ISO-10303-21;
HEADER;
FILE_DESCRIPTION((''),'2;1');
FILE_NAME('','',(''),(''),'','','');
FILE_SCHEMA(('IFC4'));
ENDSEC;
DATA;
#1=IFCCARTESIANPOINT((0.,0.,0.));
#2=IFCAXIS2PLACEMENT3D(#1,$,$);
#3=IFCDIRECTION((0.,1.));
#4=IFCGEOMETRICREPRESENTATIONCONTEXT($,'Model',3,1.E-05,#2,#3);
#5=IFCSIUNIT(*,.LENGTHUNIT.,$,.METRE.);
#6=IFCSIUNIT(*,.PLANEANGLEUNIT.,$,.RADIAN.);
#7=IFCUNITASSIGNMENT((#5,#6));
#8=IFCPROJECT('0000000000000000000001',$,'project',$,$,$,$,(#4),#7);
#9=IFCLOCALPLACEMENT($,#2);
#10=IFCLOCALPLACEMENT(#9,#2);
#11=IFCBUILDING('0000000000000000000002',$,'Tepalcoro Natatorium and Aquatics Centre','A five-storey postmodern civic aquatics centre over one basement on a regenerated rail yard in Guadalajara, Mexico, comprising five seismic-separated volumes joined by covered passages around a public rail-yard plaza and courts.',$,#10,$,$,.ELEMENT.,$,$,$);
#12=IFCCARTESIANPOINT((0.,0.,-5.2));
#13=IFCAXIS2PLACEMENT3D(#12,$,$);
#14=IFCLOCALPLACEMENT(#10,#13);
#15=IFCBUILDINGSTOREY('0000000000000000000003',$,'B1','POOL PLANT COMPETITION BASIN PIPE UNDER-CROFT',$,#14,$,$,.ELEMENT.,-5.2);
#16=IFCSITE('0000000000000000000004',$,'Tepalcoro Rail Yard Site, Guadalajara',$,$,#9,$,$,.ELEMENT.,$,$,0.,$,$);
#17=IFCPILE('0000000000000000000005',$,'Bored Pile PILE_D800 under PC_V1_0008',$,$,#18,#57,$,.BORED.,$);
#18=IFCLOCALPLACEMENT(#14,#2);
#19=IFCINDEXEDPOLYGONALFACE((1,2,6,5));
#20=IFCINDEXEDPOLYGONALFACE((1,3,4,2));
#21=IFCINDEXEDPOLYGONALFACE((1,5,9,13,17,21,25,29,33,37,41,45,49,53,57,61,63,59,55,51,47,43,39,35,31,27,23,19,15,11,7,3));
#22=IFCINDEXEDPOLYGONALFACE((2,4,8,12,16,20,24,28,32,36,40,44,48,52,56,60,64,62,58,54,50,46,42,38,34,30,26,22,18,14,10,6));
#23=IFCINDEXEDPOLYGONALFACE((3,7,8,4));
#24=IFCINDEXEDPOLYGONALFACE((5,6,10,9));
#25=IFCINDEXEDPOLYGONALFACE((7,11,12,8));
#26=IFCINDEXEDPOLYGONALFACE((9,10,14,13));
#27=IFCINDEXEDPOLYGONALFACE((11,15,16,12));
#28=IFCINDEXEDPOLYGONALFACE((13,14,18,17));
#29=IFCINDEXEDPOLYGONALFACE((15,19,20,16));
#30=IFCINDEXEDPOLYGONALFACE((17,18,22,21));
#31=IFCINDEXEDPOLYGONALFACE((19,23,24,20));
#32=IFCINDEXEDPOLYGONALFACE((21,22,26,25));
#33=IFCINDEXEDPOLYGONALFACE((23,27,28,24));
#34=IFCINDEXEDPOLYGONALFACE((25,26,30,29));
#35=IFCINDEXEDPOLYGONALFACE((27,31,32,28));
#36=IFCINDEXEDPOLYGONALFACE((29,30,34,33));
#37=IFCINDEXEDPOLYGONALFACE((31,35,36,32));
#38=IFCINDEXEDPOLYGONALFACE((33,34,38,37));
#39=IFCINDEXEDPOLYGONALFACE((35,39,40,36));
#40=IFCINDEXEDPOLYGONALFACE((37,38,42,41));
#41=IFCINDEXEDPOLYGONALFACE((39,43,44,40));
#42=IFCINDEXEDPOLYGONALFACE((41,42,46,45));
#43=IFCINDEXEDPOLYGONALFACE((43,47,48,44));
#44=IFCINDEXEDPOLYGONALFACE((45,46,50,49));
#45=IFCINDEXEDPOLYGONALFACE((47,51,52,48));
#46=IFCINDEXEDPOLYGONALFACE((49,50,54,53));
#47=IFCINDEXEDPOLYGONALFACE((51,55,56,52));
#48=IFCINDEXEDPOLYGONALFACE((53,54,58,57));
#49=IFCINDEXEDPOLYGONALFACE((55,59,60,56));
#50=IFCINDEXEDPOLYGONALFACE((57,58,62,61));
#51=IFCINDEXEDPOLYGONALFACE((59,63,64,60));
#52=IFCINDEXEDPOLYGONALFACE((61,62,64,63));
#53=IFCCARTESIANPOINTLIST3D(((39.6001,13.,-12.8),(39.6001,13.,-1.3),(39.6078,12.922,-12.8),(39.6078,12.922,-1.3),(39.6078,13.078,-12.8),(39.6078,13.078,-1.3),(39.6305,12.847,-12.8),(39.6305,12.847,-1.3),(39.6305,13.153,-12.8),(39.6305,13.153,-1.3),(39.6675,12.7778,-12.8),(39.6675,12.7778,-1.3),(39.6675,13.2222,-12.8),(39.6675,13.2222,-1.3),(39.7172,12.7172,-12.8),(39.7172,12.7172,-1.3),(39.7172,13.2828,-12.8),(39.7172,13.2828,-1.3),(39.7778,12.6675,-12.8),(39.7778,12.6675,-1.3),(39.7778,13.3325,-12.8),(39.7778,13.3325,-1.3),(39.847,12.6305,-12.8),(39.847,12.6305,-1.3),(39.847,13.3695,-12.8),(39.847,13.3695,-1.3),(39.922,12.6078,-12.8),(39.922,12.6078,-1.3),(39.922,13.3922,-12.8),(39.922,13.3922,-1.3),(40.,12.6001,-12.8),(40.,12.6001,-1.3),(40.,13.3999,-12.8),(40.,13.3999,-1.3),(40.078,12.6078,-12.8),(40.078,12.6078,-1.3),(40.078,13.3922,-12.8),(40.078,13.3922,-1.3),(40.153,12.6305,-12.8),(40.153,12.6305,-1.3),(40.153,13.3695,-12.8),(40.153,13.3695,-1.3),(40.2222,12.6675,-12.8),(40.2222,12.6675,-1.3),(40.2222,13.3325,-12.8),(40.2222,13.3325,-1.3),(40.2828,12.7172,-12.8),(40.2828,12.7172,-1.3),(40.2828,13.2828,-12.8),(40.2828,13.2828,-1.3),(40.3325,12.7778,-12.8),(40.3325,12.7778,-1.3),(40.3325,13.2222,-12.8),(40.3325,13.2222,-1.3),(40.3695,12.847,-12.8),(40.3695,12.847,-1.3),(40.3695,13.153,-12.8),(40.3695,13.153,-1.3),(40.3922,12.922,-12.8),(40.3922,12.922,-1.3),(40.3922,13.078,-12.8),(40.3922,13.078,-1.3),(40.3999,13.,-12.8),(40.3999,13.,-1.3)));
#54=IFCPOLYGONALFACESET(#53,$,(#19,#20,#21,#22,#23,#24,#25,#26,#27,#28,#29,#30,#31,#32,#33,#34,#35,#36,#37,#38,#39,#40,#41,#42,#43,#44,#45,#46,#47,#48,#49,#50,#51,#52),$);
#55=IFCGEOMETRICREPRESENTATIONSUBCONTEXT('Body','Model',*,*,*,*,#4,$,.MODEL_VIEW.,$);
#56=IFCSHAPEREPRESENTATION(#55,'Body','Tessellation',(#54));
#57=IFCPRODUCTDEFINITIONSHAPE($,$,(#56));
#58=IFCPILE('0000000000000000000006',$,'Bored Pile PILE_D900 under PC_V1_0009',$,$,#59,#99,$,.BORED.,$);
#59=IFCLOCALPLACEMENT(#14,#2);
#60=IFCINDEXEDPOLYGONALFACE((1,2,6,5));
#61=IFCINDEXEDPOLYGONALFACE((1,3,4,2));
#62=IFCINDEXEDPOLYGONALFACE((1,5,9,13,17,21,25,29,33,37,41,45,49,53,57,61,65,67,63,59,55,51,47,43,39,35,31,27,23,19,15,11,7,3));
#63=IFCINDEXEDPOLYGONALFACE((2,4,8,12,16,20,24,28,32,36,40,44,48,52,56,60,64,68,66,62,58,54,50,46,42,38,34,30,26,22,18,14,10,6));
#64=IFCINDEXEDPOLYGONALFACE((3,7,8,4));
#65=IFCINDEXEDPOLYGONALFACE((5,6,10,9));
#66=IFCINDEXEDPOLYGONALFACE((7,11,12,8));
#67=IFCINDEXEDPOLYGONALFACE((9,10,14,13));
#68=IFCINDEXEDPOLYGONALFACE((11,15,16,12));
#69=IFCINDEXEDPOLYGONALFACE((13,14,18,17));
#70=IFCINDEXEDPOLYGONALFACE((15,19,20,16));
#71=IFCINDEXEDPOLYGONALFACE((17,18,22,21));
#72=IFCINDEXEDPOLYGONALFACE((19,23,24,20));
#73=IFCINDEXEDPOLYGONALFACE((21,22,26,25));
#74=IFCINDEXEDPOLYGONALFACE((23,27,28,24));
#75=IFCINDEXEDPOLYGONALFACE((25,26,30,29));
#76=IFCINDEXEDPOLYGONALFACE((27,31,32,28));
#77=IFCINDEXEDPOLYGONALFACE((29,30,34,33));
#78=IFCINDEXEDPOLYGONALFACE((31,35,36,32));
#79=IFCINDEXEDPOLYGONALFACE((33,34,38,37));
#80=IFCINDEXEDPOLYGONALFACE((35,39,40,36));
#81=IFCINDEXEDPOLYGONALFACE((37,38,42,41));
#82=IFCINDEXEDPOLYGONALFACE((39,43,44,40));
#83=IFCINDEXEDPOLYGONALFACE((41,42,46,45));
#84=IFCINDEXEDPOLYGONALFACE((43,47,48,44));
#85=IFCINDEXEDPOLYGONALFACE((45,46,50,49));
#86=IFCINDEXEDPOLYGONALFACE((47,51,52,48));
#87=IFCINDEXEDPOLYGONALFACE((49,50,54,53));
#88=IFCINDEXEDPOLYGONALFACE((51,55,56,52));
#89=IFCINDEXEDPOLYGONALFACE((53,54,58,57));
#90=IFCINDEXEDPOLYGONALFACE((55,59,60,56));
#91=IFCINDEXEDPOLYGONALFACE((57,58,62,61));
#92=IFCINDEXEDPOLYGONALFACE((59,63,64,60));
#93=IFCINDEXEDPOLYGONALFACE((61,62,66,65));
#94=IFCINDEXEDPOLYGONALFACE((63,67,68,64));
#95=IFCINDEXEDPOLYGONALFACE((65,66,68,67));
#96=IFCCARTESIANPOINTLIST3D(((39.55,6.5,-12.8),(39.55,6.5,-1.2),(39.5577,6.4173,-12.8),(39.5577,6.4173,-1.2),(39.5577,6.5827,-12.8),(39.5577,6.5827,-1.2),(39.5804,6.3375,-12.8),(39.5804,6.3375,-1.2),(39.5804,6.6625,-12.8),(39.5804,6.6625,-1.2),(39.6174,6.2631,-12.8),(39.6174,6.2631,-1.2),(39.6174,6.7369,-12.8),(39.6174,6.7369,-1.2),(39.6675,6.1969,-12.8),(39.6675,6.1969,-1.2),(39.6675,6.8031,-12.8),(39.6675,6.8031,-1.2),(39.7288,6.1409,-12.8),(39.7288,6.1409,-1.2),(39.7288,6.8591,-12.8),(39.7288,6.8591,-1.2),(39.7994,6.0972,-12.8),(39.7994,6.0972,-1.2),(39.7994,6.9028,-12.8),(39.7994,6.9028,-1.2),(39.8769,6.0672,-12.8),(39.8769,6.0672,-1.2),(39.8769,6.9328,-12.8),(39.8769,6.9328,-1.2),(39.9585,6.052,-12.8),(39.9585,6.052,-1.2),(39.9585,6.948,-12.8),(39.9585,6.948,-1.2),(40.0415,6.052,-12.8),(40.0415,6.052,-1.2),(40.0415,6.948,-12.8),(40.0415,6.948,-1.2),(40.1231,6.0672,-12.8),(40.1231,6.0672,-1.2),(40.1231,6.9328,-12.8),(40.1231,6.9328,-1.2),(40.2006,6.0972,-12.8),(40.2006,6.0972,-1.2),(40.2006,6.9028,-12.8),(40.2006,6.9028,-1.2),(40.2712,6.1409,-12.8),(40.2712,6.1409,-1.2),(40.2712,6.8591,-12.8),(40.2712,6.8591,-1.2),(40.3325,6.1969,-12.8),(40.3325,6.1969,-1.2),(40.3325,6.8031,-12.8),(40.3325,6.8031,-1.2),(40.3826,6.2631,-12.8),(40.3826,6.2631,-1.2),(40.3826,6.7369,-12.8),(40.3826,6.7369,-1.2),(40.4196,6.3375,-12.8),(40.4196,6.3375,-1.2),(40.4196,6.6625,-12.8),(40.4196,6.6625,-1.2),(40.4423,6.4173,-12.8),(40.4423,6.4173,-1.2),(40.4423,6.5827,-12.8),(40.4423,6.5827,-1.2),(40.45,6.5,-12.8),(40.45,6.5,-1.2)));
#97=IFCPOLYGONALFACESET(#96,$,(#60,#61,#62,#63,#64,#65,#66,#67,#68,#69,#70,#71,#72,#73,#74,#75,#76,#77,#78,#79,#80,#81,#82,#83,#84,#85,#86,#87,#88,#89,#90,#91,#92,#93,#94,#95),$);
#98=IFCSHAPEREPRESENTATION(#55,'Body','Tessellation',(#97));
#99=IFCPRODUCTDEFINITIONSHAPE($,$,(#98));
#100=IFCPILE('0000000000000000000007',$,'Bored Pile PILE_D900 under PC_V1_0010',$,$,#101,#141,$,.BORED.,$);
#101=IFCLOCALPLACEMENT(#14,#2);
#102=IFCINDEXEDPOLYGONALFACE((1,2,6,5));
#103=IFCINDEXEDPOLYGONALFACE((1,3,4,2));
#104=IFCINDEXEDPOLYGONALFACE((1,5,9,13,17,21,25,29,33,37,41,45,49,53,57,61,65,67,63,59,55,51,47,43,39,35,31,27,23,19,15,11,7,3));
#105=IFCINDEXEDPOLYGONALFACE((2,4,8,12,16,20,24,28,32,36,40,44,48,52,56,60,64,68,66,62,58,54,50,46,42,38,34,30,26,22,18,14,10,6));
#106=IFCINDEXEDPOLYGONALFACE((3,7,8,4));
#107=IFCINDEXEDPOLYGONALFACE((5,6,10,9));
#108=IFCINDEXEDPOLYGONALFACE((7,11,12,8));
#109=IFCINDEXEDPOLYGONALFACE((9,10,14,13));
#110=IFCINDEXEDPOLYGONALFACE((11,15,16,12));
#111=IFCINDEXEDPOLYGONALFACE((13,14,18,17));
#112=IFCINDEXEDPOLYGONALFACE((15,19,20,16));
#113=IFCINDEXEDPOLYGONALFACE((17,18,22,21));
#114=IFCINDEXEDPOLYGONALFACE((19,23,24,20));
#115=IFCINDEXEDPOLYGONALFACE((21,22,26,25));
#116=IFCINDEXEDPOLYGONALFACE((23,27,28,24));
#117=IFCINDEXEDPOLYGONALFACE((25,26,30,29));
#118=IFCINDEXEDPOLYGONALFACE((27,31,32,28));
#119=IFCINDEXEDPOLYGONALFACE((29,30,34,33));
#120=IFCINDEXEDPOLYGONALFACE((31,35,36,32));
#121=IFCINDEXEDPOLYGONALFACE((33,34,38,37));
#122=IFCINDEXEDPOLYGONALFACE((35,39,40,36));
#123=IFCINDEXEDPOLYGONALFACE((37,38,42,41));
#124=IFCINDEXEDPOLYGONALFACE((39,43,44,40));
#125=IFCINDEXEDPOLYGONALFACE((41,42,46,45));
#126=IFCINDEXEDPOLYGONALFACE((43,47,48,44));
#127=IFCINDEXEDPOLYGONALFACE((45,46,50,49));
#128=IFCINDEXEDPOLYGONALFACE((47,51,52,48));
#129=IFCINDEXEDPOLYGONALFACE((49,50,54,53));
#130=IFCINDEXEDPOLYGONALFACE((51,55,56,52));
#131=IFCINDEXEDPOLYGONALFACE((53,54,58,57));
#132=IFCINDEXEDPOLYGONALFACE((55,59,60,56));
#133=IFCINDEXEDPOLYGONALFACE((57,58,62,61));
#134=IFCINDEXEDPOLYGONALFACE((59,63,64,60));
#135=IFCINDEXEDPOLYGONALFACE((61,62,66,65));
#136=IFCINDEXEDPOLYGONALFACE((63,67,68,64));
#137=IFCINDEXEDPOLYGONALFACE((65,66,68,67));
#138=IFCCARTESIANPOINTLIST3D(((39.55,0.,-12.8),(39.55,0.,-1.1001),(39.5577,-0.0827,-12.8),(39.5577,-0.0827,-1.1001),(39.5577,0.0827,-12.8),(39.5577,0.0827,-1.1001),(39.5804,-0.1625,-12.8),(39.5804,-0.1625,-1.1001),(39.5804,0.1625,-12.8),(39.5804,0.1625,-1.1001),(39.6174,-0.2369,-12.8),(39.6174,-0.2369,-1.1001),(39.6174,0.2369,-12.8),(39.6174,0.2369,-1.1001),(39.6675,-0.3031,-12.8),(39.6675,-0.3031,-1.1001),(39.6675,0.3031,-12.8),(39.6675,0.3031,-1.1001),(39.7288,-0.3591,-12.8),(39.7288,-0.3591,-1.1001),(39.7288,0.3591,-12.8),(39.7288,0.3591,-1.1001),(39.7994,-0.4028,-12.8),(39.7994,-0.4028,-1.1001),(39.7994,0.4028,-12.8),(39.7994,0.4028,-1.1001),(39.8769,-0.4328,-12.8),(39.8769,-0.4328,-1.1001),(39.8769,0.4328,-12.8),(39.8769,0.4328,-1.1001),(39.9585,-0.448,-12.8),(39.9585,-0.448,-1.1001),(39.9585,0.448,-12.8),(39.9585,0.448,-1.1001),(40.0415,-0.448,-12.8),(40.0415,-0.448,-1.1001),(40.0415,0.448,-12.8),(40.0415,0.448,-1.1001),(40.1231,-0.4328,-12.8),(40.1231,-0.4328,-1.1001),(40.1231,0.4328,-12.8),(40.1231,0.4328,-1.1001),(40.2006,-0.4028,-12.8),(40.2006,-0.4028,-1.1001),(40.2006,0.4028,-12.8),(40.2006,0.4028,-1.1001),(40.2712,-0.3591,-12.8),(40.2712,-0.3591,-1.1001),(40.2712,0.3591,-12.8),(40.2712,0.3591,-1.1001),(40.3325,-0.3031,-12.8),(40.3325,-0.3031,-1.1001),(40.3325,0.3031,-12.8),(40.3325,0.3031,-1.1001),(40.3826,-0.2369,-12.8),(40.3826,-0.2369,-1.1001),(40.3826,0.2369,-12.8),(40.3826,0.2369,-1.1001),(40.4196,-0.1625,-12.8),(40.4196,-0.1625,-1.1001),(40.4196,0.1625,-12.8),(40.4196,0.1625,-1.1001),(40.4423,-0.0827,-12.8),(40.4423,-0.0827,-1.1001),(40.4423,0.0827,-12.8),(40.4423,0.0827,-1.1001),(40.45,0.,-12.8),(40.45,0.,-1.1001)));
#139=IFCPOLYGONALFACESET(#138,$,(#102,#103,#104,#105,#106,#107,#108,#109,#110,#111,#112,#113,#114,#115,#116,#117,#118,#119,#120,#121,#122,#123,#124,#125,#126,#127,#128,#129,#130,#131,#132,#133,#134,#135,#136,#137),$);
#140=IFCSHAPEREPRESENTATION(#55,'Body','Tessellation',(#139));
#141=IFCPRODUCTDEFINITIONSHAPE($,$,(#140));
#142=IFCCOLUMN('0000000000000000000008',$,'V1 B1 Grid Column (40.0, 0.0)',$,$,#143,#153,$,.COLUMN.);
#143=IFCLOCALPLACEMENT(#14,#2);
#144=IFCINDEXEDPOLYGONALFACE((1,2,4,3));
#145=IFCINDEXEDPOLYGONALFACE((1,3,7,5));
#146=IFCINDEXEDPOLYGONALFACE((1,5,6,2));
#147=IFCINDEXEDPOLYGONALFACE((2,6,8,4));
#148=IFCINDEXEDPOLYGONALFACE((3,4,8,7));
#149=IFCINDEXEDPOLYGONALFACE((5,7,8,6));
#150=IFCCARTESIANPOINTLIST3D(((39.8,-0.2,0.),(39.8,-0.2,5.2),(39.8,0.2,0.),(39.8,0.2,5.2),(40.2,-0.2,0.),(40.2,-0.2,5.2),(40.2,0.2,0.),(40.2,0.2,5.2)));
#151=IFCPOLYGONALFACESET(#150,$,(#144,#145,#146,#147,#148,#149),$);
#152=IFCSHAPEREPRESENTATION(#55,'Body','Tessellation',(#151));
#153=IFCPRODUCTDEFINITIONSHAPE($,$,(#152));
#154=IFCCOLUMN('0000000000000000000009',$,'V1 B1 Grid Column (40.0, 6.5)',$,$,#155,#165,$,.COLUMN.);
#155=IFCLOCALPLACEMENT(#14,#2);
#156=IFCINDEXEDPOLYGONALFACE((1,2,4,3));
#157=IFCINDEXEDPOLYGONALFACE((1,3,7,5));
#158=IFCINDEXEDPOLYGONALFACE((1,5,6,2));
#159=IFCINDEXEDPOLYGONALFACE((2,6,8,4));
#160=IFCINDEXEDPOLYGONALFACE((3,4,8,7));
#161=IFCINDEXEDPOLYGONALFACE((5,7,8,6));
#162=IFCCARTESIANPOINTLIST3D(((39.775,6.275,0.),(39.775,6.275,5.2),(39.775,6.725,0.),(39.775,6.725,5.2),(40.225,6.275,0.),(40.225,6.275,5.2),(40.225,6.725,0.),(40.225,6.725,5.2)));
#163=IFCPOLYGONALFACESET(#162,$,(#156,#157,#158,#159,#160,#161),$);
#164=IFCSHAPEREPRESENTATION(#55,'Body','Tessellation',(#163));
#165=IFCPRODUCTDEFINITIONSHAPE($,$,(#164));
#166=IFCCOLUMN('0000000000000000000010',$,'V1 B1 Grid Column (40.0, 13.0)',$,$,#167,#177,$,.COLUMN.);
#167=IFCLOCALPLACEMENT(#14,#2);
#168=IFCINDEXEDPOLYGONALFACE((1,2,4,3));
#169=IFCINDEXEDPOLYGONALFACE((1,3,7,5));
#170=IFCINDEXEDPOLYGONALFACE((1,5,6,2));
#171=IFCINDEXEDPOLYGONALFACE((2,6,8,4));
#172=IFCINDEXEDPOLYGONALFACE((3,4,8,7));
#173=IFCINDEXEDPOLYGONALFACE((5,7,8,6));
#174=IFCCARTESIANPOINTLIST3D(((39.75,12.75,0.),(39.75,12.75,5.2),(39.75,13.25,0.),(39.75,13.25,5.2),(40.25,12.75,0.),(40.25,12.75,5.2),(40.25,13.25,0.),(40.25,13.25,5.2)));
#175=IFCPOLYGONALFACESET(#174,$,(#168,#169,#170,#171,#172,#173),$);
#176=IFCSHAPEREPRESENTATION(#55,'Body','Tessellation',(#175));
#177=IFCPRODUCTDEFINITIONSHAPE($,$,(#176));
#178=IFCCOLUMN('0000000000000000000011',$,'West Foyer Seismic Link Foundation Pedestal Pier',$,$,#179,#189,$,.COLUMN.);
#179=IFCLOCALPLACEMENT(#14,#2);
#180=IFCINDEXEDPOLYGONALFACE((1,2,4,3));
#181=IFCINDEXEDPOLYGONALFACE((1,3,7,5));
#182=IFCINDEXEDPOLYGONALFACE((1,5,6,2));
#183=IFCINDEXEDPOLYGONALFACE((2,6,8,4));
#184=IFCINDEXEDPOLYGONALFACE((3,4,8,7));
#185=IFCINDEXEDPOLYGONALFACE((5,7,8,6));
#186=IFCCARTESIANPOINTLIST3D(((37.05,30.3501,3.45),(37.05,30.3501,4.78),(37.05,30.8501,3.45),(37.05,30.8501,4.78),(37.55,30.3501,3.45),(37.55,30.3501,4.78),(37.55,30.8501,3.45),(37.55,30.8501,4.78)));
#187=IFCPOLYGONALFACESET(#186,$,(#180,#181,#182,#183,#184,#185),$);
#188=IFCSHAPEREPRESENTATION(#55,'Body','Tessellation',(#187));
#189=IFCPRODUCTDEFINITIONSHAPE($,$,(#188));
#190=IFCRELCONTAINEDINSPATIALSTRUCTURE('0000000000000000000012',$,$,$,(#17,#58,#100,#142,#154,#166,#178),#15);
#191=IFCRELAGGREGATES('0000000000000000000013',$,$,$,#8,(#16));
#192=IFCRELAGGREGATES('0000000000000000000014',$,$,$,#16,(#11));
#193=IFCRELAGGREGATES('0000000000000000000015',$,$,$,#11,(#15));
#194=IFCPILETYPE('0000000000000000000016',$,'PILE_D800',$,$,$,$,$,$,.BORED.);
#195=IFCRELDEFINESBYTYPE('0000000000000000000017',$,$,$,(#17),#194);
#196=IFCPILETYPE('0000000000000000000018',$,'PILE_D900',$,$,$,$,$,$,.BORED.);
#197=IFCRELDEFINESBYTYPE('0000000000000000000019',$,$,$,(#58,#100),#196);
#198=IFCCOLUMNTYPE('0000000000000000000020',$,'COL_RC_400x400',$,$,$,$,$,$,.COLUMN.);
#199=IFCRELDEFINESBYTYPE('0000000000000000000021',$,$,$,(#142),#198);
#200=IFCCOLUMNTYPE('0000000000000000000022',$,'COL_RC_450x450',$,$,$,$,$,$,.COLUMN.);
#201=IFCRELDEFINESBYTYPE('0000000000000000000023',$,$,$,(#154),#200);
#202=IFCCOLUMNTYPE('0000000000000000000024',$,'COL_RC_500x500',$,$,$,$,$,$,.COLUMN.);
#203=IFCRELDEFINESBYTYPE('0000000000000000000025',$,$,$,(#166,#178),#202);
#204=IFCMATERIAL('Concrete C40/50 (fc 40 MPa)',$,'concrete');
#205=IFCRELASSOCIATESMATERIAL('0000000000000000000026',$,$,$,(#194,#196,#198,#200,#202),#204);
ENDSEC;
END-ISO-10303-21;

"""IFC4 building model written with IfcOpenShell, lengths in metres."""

from ifc_helpers import new_model, si_unit, direction, frame, origin, origin_2d, place, context, subcontext, project, spatial, rectangle, circle, extrude, material, material_profile, profile_set, type_object, element, save


model = new_model("IFC4")

# Units and contexts
model_context = context("Model", 3, precision=1e-05, world=origin(), true_north=direction((0.0, 1.0)))
body_context = subcontext(model_context, "Body", "Model", "MODEL_VIEW")
ifc_project = project(units=[si_unit("LENGTHUNIT", "METRE"), si_unit("PLANEANGLEUNIT", "RADIAN")], contexts=[model_context])

# Site, building, storey
site_placement = place(None, origin())
site = spatial("IfcSite", under=ifc_project, at=site_placement, Name="Tepalcoro Rail Yard Site, Guadalajara", CompositionType="ELEMENT", RefElevation=0.0)
building_placement = place(site_placement, origin())
building = spatial("IfcBuilding", under=site, at=building_placement, Name="Tepalcoro Natatorium and Aquatics Centre", Description="A five-storey postmodern civic aquatics centre over one basement on a regenerated rail yard in Guadalajara, Mexico, comprising five seismic-separated volumes joined by covered passages around a public rail-yard plaza and courts.", CompositionType="ELEMENT")
storey_placement = place(building_placement, frame((0.0, 0.0, -5.2)))
storey = spatial("IfcBuildingStorey", under=building, at=storey_placement, Name="B1", Description="POOL PLANT COMPETITION BASIN PIPE UNDER-CROFT", CompositionType="ELEMENT", Elevation=-5.2)

# Piles
ifc_material_1 = material(Name="Concrete C40/50 (fc 40 MPa)", Category="concrete")
ifc_material_profile_1 = material_profile(ifc_material_1, circle(Radius=0.3999, at=origin_2d()), Name="PILE_D800")
ifc_profile_set_1 = profile_set([ifc_material_profile_1], Name="Concrete C40/50 (fc 40 MPa)")
pile_type_1 = type_object("IfcPileType", Name="PILE_D800", PredefinedType="BORED", material=ifc_profile_set_1)
pile_1_placement = place(storey_placement, frame((40.0, 13.0, -1.3), z_axis=(0.0, 0.0, -1.0), x_axis=(1.0, 0.0, 0.0)))
element("IfcPile", 1, at=pile_1_placement, inside=storey, type_object=pile_type_1, Name="Bored Pile PILE_D800 under PC_V1_0008", PredefinedType="BORED", context=body_context, shape_type="SweptSolid", body=[
    extrude(circle(Radius=0.3999, at=origin_2d()), origin(), (0.0, 0.0, 1.0), 11.5),
])
ifc_material_profile_2 = material_profile(ifc_material_1, circle(Radius=0.45, at=origin_2d()), Name="PILE_D900")
ifc_profile_set_2 = profile_set([ifc_material_profile_2], Name="Concrete C40/50 (fc 40 MPa)")
pile_type_2 = type_object("IfcPileType", Name="PILE_D900", PredefinedType="BORED", material=ifc_profile_set_2)
pile_2_placement = place(storey_placement, frame((40.0, 6.5, -1.2), z_axis=(0.0, 0.0, -1.0), x_axis=(1.0, 0.0, 0.0)))
element("IfcPile", 2, at=pile_2_placement, inside=storey, type_object=pile_type_2, Name="Bored Pile PILE_D900 under PC_V1_0009", PredefinedType="BORED", context=body_context, shape_type="SweptSolid", body=[
    extrude(circle(Radius=0.45, at=origin_2d()), origin(), (0.0, 0.0, 1.0), 11.6001),
])
pile_3_placement = place(storey_placement, frame((40.0, 0.0, -1.1001), z_axis=(0.0, 0.0, -1.0), x_axis=(1.0, 0.0, 0.0)))
element("IfcPile", 3, at=pile_3_placement, inside=storey, type_object=pile_type_2, Name="Bored Pile PILE_D900 under PC_V1_0010", PredefinedType="BORED", context=body_context, shape_type="SweptSolid", body=[
    extrude(circle(Radius=0.45, at=origin_2d()), origin(), (0.0, 0.0, 1.0), 11.7),
])

# Columns
ifc_material_profile_3 = material_profile(ifc_material_1, rectangle(XDim=0.3999, YDim=0.3999, at=origin_2d()), Name="RC400x400")
ifc_profile_set_3 = profile_set([ifc_material_profile_3], Name="Concrete C40/50 (fc 40 MPa)")
column_type_1 = type_object("IfcColumnType", Name="COL_RC_400x400", PredefinedType="COLUMN", material=ifc_profile_set_3)
column_1_placement = place(storey_placement, frame((40.0, 0.0, 0.0), z_axis=(0.0, 0.0, 1.0), x_axis=(1.0, 0.0, 0.0)))
element("IfcColumn", 4, at=column_1_placement, inside=storey, type_object=column_type_1, Name="V1 B1 Grid Column (40.0, 0.0)", PredefinedType="COLUMN", context=body_context, shape_type="SweptSolid", body=[
    extrude(rectangle(XDim=0.3999, YDim=0.3999, at=origin_2d()), origin(), (0.0, 0.0, 1.0), 5.2),
])
ifc_material_profile_4 = material_profile(ifc_material_1, rectangle(XDim=0.45, YDim=0.45, at=origin_2d()), Name="RC450x450")
ifc_profile_set_4 = profile_set([ifc_material_profile_4], Name="Concrete C40/50 (fc 40 MPa)")
column_type_2 = type_object("IfcColumnType", Name="COL_RC_450x450", PredefinedType="COLUMN", material=ifc_profile_set_4)
column_2_placement = place(storey_placement, frame((40.0, 6.5, 0.0), z_axis=(0.0, 0.0, 1.0), x_axis=(1.0, 0.0, 0.0)))
element("IfcColumn", 5, at=column_2_placement, inside=storey, type_object=column_type_2, Name="V1 B1 Grid Column (40.0, 6.5)", PredefinedType="COLUMN", context=body_context, shape_type="SweptSolid", body=[
    extrude(rectangle(XDim=0.45, YDim=0.45, at=origin_2d()), origin(), (0.0, 0.0, 1.0), 5.2),
])
ifc_material_profile_5 = material_profile(ifc_material_1, rectangle(XDim=0.5, YDim=0.5, at=origin_2d()), Name="RC500x500")
ifc_profile_set_5 = profile_set([ifc_material_profile_5], Name="Concrete C40/50 (fc 40 MPa)")
column_type_3 = type_object("IfcColumnType", Name="COL_RC_500x500", PredefinedType="COLUMN", material=ifc_profile_set_5)
column_3_placement = place(storey_placement, frame((40.0, 13.0, 0.0), z_axis=(0.0, 0.0, 1.0), x_axis=(1.0, 0.0, 0.0)))
element("IfcColumn", 6, at=column_3_placement, inside=storey, type_object=column_type_3, Name="V1 B1 Grid Column (40.0, 13.0)", PredefinedType="COLUMN", context=body_context, shape_type="SweptSolid", body=[
    extrude(rectangle(XDim=0.5, YDim=0.5, at=origin_2d()), origin(), (0.0, 0.0, 1.0), 5.2),
])
for number, where, z_axis, x_axis, name in (
    (7, (37.3, 30.6001, 3.45), (0.0, 0.0, 1.0), (1.0, 0.0, 0.0), "West Foyer Seismic Link Foundation Pedestal Pier"),
):
    element("IfcColumn", number, at=place(storey_placement, frame(where, z_axis=z_axis, x_axis=x_axis)), inside=storey, type_object=column_type_3, Name=name, PredefinedType="COLUMN", context=body_context, shape_type="SweptSolid", body=[
        extrude(rectangle(XDim=0.5, YDim=0.5, at=origin_2d()), origin(), (0.0, 0.0, 1.0), 1.3301),
    ])

save(model, "model.ifc")
